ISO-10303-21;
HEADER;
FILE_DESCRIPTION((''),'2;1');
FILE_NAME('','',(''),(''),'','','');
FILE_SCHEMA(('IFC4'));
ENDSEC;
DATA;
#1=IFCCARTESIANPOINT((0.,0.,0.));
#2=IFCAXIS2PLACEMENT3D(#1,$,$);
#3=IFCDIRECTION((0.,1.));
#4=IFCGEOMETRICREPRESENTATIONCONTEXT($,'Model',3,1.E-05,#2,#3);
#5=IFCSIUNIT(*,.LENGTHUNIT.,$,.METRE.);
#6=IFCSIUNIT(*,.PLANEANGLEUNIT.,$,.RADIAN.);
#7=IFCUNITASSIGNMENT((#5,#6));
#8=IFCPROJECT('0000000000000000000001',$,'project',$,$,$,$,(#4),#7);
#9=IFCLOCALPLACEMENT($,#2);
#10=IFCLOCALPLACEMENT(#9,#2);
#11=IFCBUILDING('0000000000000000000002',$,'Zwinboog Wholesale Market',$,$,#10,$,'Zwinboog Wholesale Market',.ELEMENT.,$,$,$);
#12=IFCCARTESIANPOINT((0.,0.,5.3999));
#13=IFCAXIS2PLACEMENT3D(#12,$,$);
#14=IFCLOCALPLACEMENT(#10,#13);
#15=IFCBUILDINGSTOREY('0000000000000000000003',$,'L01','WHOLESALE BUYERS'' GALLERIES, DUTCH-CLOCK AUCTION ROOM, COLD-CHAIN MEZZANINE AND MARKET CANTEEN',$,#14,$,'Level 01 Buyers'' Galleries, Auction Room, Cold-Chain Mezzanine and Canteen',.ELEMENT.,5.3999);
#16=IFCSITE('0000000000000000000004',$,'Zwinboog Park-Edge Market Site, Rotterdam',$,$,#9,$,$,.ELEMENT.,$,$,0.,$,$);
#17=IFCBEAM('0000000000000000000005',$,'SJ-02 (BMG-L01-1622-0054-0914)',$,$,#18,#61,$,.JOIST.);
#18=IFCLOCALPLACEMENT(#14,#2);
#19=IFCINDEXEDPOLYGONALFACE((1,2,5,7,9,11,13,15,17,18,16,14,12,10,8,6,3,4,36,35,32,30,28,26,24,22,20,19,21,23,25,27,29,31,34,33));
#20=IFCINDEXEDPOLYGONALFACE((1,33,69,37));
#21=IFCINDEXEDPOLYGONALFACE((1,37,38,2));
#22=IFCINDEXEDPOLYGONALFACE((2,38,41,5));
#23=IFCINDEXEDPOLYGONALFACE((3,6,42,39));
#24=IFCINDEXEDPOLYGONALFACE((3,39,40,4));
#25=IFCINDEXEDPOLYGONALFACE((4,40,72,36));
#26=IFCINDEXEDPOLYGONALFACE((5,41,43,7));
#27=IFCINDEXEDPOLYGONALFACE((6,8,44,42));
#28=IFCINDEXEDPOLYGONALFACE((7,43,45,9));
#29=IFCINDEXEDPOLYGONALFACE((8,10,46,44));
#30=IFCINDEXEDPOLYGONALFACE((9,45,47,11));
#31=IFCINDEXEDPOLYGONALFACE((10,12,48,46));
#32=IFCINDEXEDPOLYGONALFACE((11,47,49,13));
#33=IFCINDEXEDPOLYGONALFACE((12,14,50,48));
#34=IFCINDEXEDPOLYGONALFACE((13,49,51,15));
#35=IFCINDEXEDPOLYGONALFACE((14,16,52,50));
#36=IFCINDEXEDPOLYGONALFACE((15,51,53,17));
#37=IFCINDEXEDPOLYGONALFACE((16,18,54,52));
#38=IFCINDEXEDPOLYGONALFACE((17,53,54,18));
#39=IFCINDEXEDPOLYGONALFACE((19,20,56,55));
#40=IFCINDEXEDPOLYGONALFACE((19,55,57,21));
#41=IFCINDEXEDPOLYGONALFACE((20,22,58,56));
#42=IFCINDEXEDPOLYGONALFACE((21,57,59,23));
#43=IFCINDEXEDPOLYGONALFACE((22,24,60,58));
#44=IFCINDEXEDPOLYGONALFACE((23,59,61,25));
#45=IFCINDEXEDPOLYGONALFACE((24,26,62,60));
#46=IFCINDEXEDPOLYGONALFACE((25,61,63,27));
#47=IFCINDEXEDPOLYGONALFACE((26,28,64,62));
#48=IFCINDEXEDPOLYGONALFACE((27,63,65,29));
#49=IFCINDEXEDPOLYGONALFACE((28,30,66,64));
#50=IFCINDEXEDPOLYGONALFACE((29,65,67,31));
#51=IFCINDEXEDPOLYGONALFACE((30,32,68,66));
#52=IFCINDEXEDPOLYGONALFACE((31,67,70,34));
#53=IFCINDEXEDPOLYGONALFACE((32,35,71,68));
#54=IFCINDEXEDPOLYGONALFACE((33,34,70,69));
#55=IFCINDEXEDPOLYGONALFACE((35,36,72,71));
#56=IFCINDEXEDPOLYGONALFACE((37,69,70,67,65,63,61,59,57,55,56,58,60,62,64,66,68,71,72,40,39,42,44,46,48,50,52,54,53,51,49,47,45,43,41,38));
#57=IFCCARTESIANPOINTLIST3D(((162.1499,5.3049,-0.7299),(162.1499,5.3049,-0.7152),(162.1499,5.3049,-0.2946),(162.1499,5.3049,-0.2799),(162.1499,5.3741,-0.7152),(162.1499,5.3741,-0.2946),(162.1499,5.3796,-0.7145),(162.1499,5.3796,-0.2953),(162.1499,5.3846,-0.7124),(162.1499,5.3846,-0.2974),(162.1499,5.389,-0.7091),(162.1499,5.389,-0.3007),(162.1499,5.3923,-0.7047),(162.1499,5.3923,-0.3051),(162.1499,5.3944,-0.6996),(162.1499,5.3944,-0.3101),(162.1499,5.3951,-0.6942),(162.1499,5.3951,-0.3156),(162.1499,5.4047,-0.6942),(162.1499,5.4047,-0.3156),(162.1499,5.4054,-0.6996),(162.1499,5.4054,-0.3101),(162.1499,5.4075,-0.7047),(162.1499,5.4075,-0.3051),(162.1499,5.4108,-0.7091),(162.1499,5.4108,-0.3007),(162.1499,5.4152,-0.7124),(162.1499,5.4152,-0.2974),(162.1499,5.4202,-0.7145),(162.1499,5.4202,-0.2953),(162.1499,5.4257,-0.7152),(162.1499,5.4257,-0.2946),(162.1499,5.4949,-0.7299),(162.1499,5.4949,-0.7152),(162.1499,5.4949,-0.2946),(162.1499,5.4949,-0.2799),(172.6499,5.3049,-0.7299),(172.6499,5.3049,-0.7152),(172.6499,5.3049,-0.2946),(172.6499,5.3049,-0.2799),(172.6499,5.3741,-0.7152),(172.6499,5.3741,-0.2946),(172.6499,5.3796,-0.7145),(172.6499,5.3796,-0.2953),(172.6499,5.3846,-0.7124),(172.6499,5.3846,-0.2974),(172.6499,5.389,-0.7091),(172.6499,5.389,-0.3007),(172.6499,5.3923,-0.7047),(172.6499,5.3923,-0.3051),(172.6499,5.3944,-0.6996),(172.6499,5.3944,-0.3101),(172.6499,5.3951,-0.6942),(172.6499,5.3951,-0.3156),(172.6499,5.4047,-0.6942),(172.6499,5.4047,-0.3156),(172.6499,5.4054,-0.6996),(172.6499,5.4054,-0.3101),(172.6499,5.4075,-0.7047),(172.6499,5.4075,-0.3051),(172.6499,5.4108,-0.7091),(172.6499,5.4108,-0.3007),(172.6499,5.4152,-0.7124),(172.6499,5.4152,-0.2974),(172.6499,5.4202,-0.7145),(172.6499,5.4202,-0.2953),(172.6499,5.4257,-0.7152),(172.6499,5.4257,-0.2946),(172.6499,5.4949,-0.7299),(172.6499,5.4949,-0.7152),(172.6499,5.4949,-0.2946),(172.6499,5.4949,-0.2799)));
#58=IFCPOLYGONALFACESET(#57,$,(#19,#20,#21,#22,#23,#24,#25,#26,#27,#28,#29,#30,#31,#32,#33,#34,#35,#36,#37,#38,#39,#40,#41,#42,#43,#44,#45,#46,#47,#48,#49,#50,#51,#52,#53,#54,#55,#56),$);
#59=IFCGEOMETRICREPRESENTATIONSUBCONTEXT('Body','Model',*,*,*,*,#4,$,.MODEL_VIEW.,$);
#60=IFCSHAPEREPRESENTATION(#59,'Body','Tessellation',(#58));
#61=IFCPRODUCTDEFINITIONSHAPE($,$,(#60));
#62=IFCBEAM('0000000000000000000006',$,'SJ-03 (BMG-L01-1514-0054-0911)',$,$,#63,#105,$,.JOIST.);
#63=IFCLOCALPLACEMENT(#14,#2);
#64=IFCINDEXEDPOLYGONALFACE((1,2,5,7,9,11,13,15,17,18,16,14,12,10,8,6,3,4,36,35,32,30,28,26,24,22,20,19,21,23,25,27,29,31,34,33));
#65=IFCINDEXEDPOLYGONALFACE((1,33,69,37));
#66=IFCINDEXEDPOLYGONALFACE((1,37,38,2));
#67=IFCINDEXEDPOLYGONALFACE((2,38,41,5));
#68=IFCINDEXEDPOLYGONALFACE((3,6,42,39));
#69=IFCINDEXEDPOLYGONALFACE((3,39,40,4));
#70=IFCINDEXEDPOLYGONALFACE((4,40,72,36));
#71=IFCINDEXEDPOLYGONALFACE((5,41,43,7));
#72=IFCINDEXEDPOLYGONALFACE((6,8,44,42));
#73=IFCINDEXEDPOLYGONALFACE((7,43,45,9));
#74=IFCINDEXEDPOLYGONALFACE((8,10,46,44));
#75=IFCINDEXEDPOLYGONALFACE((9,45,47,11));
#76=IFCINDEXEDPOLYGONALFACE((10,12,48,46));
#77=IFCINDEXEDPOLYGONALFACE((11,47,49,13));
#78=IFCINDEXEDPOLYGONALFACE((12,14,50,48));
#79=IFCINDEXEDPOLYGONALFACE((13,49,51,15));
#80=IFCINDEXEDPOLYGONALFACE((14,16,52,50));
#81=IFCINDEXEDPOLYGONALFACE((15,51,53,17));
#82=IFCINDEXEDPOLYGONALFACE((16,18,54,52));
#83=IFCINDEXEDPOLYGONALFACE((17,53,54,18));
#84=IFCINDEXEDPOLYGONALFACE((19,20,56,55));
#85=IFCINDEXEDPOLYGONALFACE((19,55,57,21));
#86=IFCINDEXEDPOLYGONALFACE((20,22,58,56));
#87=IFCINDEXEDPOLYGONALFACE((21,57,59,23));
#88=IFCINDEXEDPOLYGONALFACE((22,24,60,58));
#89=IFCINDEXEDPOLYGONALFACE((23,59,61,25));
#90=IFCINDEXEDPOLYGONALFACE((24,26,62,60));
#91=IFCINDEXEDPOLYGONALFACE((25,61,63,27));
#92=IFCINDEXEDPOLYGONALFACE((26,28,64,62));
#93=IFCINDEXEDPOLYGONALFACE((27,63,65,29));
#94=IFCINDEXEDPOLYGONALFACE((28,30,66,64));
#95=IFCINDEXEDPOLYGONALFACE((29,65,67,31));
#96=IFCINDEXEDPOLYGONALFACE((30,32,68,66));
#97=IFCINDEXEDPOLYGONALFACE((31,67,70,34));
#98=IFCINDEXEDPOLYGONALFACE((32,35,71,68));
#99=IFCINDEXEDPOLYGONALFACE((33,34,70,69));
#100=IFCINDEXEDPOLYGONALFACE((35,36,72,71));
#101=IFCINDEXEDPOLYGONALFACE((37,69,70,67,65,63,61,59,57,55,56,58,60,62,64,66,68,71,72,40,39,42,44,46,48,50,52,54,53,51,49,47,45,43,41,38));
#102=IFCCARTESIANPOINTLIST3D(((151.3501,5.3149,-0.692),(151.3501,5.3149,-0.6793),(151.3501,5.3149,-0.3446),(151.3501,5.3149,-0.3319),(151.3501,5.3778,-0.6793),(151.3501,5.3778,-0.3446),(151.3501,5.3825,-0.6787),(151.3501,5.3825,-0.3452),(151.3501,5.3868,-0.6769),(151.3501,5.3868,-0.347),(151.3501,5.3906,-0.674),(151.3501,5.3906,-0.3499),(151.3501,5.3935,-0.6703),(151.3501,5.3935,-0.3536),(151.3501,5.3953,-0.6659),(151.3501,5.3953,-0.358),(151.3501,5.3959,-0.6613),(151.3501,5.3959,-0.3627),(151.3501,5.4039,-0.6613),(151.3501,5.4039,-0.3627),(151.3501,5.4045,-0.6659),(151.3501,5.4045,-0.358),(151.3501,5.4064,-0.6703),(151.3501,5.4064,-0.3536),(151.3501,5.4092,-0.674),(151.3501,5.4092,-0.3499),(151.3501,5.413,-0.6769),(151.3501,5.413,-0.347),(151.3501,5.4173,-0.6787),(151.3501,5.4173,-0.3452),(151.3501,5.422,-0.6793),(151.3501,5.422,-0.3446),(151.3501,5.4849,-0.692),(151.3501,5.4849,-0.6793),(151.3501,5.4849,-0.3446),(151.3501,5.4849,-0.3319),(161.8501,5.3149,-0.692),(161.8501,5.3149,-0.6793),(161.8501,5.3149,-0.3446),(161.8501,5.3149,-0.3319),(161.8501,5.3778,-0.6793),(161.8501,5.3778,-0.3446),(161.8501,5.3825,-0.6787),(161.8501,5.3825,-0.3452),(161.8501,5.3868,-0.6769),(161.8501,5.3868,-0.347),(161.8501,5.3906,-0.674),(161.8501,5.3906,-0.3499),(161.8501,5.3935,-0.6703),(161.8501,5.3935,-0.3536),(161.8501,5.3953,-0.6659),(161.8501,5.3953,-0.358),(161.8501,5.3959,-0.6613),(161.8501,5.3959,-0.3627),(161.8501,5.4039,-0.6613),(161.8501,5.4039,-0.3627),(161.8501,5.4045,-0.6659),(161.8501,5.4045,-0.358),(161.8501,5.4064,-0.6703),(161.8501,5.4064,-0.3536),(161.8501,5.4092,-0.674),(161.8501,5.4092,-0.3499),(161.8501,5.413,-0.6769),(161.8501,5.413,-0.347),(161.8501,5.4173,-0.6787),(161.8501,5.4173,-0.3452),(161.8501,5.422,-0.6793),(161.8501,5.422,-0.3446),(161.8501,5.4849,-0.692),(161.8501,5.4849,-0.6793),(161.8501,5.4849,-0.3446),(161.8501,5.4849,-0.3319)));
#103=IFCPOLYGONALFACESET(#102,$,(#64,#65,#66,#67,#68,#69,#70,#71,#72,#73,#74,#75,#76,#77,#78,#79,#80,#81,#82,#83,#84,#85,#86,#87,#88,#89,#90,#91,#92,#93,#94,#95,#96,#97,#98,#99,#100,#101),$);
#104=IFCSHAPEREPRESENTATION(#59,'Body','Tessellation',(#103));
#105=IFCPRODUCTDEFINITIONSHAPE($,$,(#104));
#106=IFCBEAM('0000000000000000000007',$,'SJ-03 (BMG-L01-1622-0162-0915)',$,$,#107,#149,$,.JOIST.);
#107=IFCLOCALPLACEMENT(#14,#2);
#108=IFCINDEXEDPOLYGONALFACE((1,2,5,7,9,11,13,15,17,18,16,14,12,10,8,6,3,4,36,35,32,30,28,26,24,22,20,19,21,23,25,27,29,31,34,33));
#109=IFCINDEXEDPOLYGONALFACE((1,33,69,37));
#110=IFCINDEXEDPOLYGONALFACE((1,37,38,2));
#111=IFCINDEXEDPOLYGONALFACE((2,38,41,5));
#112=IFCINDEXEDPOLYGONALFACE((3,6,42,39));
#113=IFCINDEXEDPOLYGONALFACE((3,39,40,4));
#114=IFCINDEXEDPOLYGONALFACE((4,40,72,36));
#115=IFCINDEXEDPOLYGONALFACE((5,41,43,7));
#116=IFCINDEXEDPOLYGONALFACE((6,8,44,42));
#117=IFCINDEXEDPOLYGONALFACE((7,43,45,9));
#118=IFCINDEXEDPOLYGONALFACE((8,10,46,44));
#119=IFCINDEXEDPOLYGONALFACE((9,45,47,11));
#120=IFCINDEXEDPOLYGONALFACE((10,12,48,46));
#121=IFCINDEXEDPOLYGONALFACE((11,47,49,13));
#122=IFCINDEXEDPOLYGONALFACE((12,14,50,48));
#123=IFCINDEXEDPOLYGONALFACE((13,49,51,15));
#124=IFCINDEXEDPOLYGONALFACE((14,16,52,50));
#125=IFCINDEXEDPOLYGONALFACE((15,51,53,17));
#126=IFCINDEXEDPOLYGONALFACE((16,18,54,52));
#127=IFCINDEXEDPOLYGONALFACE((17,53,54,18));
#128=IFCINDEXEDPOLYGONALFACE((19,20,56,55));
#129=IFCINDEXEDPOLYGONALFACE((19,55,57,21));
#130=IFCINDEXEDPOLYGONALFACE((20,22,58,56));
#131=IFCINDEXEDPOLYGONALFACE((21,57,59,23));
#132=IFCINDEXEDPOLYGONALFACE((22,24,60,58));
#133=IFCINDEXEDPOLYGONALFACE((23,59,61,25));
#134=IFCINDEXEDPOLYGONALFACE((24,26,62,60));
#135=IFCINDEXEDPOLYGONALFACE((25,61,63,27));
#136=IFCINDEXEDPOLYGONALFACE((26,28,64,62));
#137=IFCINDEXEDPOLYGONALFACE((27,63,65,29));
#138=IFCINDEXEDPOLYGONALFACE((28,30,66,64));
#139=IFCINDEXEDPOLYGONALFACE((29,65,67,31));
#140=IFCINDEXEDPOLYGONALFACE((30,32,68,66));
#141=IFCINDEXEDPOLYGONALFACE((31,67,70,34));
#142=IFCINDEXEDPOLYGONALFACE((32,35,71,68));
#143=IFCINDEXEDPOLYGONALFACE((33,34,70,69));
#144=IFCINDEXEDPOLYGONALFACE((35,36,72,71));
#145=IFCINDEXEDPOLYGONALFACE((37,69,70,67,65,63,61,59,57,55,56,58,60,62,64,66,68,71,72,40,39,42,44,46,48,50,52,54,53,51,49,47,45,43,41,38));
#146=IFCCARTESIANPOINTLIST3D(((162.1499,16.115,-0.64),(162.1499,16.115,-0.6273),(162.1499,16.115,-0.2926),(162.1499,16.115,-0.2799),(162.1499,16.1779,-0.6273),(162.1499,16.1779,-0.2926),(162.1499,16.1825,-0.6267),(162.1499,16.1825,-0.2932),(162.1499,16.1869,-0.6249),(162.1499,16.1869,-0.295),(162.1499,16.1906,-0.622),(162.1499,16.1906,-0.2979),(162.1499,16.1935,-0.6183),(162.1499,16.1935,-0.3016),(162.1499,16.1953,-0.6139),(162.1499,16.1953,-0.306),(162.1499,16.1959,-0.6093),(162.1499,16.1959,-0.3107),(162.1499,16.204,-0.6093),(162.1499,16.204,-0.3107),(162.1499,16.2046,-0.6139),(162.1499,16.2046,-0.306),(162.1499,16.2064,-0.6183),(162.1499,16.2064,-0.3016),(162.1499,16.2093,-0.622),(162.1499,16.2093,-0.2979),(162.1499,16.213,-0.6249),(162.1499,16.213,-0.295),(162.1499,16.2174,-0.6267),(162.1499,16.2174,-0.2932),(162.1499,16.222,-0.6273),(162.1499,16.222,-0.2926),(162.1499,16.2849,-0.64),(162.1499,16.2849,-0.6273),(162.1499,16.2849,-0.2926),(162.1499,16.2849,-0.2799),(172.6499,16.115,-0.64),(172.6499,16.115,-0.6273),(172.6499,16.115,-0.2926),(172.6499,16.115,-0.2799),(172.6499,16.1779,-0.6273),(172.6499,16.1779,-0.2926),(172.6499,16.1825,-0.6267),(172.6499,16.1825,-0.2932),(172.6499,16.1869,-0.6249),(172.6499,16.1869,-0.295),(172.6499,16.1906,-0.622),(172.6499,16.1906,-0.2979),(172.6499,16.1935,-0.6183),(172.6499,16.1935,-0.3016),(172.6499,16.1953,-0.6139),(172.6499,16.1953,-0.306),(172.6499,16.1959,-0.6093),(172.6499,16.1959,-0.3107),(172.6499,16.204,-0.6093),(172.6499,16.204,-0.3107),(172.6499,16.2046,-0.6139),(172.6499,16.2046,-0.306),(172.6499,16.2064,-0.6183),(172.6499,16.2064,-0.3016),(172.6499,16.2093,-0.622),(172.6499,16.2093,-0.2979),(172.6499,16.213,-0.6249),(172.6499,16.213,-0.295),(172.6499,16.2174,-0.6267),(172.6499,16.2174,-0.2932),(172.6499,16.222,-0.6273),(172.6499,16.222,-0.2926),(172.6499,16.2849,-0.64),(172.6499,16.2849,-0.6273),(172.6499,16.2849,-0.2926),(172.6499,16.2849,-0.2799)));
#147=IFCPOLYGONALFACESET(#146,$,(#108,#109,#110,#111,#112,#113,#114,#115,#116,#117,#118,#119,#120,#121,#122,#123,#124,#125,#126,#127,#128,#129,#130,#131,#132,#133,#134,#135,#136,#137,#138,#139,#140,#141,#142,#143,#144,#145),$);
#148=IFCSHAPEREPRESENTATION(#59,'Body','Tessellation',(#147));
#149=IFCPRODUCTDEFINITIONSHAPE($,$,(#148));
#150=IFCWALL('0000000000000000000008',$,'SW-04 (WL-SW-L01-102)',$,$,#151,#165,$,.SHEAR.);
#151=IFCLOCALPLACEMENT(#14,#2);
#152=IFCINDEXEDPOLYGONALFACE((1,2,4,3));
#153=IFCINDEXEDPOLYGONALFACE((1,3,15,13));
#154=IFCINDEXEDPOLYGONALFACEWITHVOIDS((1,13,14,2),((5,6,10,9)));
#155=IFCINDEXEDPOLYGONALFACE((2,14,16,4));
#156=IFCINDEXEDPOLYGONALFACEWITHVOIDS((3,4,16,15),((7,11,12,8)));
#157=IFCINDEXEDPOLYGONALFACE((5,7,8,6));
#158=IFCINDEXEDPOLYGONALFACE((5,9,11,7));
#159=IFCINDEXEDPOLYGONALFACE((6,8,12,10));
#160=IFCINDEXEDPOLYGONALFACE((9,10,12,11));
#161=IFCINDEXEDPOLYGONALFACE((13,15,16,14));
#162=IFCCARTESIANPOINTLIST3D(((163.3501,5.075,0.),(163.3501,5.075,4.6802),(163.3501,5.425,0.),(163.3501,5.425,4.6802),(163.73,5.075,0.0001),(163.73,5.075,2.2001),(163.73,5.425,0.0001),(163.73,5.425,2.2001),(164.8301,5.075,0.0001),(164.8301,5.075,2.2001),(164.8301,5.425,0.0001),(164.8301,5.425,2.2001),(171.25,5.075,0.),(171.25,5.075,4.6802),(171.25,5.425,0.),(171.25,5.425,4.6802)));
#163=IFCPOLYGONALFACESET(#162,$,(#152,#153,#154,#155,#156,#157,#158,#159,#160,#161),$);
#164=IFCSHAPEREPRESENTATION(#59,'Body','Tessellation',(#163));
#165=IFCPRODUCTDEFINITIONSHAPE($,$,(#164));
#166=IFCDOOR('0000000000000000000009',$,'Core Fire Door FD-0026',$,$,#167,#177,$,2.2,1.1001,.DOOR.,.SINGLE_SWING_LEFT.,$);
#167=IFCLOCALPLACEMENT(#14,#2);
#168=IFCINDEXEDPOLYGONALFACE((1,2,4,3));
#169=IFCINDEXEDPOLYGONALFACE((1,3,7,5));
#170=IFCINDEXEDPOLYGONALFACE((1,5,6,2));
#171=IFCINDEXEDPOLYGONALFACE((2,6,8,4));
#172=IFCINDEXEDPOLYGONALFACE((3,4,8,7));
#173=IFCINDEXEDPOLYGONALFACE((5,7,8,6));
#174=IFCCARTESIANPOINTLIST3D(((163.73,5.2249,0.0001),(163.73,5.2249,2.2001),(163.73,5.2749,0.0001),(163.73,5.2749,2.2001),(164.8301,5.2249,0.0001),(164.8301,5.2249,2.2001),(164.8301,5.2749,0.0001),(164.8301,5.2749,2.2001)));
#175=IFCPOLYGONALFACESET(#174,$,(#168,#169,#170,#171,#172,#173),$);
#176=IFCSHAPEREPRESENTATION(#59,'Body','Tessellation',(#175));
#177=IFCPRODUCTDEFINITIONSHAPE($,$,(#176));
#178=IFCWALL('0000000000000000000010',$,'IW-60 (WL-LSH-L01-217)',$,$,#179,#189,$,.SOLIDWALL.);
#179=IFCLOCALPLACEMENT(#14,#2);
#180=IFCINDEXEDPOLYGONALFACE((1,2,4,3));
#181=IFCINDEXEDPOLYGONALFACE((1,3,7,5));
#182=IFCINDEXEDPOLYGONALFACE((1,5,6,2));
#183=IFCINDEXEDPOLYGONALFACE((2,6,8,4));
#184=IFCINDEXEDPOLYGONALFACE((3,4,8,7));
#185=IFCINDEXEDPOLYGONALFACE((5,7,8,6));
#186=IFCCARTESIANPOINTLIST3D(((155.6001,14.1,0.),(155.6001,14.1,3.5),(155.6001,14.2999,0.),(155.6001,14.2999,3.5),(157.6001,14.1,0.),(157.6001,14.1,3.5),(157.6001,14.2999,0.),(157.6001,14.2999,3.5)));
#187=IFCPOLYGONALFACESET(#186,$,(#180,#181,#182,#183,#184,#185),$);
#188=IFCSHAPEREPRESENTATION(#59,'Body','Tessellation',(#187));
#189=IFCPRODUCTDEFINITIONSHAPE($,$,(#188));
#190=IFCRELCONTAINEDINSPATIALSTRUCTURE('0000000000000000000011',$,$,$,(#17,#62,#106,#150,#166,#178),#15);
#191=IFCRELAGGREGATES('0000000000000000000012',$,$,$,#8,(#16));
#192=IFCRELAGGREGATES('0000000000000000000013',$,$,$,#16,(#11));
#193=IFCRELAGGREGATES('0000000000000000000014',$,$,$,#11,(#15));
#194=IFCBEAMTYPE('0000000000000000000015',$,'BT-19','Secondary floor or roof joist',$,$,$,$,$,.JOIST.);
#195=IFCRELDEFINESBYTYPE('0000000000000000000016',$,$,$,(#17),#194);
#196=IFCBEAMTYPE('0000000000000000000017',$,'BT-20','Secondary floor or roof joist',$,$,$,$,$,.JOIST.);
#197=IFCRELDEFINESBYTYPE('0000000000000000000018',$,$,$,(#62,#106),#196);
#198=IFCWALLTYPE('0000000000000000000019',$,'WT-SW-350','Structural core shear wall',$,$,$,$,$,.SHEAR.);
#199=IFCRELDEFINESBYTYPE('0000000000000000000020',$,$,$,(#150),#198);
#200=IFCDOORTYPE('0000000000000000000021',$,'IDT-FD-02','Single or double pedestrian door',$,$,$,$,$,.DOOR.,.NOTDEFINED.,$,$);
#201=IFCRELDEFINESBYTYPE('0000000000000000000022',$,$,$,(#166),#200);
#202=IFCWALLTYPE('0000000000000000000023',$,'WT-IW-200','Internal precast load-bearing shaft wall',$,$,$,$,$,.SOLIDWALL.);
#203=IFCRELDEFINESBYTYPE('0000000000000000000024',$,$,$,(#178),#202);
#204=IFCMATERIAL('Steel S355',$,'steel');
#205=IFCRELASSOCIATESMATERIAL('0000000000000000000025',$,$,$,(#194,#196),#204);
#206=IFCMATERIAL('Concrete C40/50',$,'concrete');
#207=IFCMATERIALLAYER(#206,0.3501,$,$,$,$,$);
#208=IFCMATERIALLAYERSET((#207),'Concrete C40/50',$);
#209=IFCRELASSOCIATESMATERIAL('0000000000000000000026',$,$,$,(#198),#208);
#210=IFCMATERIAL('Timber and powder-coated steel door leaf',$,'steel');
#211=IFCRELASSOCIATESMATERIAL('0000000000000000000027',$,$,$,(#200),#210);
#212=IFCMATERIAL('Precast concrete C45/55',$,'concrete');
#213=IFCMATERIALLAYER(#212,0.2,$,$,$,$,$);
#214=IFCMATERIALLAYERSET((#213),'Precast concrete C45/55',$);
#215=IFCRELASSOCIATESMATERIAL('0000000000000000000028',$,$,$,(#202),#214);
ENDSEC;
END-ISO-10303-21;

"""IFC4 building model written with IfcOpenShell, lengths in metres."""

from ifc_helpers import new_model, si_unit, direction, frame, frame_2d, origin, origin_2d, place, context, subcontext, project, spatial, rectangle, i_section, extrude, material, layer, layer_set, material_profile, profile_set, type_object, element, fill, save


model = new_model("IFC4")

# Units and contexts
model_context = context("Model", 3, precision=1e-05, world=origin(), true_north=direction((0.0, 1.0)))
body_context = subcontext(model_context, "Body", "Model", "MODEL_VIEW")
ifc_project = project(units=[si_unit("LENGTHUNIT", "METRE"), si_unit("PLANEANGLEUNIT", "RADIAN")], contexts=[model_context])

# Site, building, storey
site_placement = place(None, origin())
site = spatial("IfcSite", under=ifc_project, at=site_placement, Name="Zwinboog Park-Edge Market Site, Rotterdam", CompositionType="ELEMENT", RefElevation=0.0)
building_placement = place(site_placement, origin())
building = spatial("IfcBuilding", under=site, at=building_placement, Name="Zwinboog Wholesale Market", LongName="Zwinboog Wholesale Market", CompositionType="ELEMENT")
storey_placement = place(building_placement, frame((0.0, 0.0, 5.3999)))
storey = spatial("IfcBuildingStorey", under=building, at=storey_placement, Name="L01", Description="WHOLESALE BUYERS' GALLERIES, DUTCH-CLOCK AUCTION ROOM, COLD-CHAIN MEZZANINE AND MARKET CANTEEN", LongName="Level 01 Buyers' Galleries, Auction Room, Cold-Chain Mezzanine and Canteen", CompositionType="ELEMENT", Elevation=5.3999)

# Shared definitions
ifc_material_1 = material(Name="Precast concrete C45/55", Category="concrete")

# Beams
ifc_material_2 = material(Name="Steel S355", Category="steel")
ifc_material_profile_1 = material_profile(ifc_material_2, i_section(OverallWidth=0.1899, OverallDepth=0.45, WebThickness=0.0095, FlangeThickness=0.0146, FilletRadius=0.021, at=origin_2d()), Name="IPE 450")
ifc_profile_set_1 = profile_set([ifc_material_profile_1], Name="Steel S355")
beam_type_1 = type_object("IfcBeamType", Name="BT-19", Description="Secondary floor or roof joist", PredefinedType="JOIST", material=ifc_profile_set_1)
beam_1_placement = place(storey_placement, frame((162.1499, 5.3999, -0.5049), z_axis=(1.0, 0.0, 0.0), x_axis=(0.0, 1.0, 0.0)))
element("IfcBeam", 1, at=beam_1_placement, inside=storey, type_object=beam_type_1, Name="SJ-02 (BMG-L01-1622-0054-0914)", PredefinedType="JOIST", context=body_context, shape_type="SweptSolid", body=[
    extrude(i_section(OverallWidth=0.1899, OverallDepth=0.45, WebThickness=0.0095, FlangeThickness=0.0146, FilletRadius=0.021, at=origin_2d()), origin(), (0.0, 0.0, 1.0), 10.5),
])
ifc_material_profile_2 = material_profile(ifc_material_2, i_section(OverallWidth=0.1699, OverallDepth=0.3601, WebThickness=0.0081, FlangeThickness=0.0127, FilletRadius=0.0181, at=origin_2d()), Name="IPE 360")
ifc_profile_set_2 = profile_set([ifc_material_profile_2], Name="Steel S355")
beam_type_2 = type_object("IfcBeamType", Name="BT-20", Description="Secondary floor or roof joist", PredefinedType="JOIST", material=ifc_profile_set_2)
for number, where, z_axis, x_axis, name in (
    (2, (151.3501, 5.3999, -0.512), (1.0, 0.0, 0.0), (0.0, 1.0, 0.0), "SJ-03 (BMG-L01-1514-0054-0911)"),
    (3, (162.1499, 16.2, -0.46), (1.0, 0.0, 0.0), (0.0, 1.0, 0.0), "SJ-03 (BMG-L01-1622-0162-0915)"),
):
    element("IfcBeam", number, at=place(storey_placement, frame(where, z_axis=z_axis, x_axis=x_axis)), inside=storey, type_object=beam_type_2, Name=name, PredefinedType="JOIST", context=body_context, shape_type="SweptSolid", body=[
        extrude(i_section(OverallWidth=0.1699, OverallDepth=0.3601, WebThickness=0.0081, FlangeThickness=0.0127, FilletRadius=0.0181, at=origin_2d()), origin(), (0.0, 0.0, 1.0), 10.5),
    ])

# Wall, opening, door
ifc_material_3 = material(Name="Concrete C40/50", Category="concrete")
ifc_layer_1 = layer(ifc_material_3, 0.3501)
ifc_layer_set_1 = layer_set([ifc_layer_1], Name="Concrete C40/50")
wall_type_1 = type_object("IfcWallType", Name="WT-SW-350", Description="Structural core shear wall", PredefinedType="SHEAR", material=ifc_layer_set_1)
wall_1_placement = place(storey_placement, frame((163.3501, 5.25, 0.0), z_axis=(0.0, 0.0, 1.0), x_axis=(1.0, 0.0, 0.0)))
wall_1 = element("IfcWall", 4, at=wall_1_placement, inside=storey, type_object=wall_type_1, Name="SW-04 (WL-SW-L01-102)", PredefinedType="SHEAR", context=body_context, shape_type="SweptSolid", body=[
    extrude(rectangle(XDim=7.8999, YDim=0.3501, at=frame_2d((3.95, 0.0))), origin(), (0.0, 0.0, 1.0), 4.6802),
])
opening_1_placement = place(wall_1_placement, frame((0.3799, 0.0, 0.0)))
opening_1 = element("IfcOpeningElement", 5, at=opening_1_placement, cuts=wall_1, PredefinedType="OPENING", context=body_context, shape_type="SweptSolid", body=[
    extrude(rectangle(XDim=1.1001, YDim=2.2, at=frame_2d((0.55, 1.1001))), frame((0.0, 0.1851, 0.0), z_axis=(0.0, -1.0, 0.0), x_axis=(1.0, 0.0, 0.0)), (0.0, 0.0, 1.0), 0.3701),
])
ifc_material_4 = material(Name="Timber and powder-coated steel door leaf", Category="steel")
door_type_1 = type_object("IfcDoorType", Name="IDT-FD-02", Description="Single or double pedestrian door", OperationType="NOTDEFINED", PredefinedType="DOOR", material=ifc_material_4)
door_1_placement = place(opening_1_placement, origin())
door_1 = element("IfcDoor", 6, at=door_1_placement, inside=storey, type_object=door_type_1, Name="Core Fire Door FD-0026", OperationType="SINGLE_SWING_LEFT", OverallHeight=2.2, OverallWidth=1.1001, PredefinedType="DOOR", context=body_context, shape_type="SweptSolid", body=[
    extrude(rectangle(XDim=1.1001, YDim=2.2, at=frame_2d((0.55, 1.1001))), frame((0.0, 0.0249, 0.0), z_axis=(0.0, -1.0, 0.0), x_axis=(1.0, 0.0, 0.0)), (0.0, 0.0, 1.0), 0.05),
])
fill(opening_1, door_1)

# Wall
ifc_layer_2 = layer(ifc_material_1, 0.2)
ifc_layer_set_2 = layer_set([ifc_layer_2], Name="Precast concrete C45/55")
wall_type_2 = type_object("IfcWallType", Name="WT-IW-200", Description="Internal precast load-bearing shaft wall", PredefinedType="SOLIDWALL", material=ifc_layer_set_2)
wall_2_placement = place(storey_placement, frame((155.6001, 14.2, 0.0), z_axis=(0.0, 0.0, 1.0), x_axis=(1.0, 0.0, 0.0)))
element("IfcWall", 7, at=wall_2_placement, inside=storey, type_object=wall_type_2, Name="IW-60 (WL-LSH-L01-217)", PredefinedType="SOLIDWALL", context=body_context, shape_type="SweptSolid", body=[
    extrude(rectangle(XDim=2.0, YDim=0.2, at=frame_2d((1.0, 0.0))), origin(), (0.0, 0.0, 1.0), 3.5),
])

save(model, "model.ifc")
